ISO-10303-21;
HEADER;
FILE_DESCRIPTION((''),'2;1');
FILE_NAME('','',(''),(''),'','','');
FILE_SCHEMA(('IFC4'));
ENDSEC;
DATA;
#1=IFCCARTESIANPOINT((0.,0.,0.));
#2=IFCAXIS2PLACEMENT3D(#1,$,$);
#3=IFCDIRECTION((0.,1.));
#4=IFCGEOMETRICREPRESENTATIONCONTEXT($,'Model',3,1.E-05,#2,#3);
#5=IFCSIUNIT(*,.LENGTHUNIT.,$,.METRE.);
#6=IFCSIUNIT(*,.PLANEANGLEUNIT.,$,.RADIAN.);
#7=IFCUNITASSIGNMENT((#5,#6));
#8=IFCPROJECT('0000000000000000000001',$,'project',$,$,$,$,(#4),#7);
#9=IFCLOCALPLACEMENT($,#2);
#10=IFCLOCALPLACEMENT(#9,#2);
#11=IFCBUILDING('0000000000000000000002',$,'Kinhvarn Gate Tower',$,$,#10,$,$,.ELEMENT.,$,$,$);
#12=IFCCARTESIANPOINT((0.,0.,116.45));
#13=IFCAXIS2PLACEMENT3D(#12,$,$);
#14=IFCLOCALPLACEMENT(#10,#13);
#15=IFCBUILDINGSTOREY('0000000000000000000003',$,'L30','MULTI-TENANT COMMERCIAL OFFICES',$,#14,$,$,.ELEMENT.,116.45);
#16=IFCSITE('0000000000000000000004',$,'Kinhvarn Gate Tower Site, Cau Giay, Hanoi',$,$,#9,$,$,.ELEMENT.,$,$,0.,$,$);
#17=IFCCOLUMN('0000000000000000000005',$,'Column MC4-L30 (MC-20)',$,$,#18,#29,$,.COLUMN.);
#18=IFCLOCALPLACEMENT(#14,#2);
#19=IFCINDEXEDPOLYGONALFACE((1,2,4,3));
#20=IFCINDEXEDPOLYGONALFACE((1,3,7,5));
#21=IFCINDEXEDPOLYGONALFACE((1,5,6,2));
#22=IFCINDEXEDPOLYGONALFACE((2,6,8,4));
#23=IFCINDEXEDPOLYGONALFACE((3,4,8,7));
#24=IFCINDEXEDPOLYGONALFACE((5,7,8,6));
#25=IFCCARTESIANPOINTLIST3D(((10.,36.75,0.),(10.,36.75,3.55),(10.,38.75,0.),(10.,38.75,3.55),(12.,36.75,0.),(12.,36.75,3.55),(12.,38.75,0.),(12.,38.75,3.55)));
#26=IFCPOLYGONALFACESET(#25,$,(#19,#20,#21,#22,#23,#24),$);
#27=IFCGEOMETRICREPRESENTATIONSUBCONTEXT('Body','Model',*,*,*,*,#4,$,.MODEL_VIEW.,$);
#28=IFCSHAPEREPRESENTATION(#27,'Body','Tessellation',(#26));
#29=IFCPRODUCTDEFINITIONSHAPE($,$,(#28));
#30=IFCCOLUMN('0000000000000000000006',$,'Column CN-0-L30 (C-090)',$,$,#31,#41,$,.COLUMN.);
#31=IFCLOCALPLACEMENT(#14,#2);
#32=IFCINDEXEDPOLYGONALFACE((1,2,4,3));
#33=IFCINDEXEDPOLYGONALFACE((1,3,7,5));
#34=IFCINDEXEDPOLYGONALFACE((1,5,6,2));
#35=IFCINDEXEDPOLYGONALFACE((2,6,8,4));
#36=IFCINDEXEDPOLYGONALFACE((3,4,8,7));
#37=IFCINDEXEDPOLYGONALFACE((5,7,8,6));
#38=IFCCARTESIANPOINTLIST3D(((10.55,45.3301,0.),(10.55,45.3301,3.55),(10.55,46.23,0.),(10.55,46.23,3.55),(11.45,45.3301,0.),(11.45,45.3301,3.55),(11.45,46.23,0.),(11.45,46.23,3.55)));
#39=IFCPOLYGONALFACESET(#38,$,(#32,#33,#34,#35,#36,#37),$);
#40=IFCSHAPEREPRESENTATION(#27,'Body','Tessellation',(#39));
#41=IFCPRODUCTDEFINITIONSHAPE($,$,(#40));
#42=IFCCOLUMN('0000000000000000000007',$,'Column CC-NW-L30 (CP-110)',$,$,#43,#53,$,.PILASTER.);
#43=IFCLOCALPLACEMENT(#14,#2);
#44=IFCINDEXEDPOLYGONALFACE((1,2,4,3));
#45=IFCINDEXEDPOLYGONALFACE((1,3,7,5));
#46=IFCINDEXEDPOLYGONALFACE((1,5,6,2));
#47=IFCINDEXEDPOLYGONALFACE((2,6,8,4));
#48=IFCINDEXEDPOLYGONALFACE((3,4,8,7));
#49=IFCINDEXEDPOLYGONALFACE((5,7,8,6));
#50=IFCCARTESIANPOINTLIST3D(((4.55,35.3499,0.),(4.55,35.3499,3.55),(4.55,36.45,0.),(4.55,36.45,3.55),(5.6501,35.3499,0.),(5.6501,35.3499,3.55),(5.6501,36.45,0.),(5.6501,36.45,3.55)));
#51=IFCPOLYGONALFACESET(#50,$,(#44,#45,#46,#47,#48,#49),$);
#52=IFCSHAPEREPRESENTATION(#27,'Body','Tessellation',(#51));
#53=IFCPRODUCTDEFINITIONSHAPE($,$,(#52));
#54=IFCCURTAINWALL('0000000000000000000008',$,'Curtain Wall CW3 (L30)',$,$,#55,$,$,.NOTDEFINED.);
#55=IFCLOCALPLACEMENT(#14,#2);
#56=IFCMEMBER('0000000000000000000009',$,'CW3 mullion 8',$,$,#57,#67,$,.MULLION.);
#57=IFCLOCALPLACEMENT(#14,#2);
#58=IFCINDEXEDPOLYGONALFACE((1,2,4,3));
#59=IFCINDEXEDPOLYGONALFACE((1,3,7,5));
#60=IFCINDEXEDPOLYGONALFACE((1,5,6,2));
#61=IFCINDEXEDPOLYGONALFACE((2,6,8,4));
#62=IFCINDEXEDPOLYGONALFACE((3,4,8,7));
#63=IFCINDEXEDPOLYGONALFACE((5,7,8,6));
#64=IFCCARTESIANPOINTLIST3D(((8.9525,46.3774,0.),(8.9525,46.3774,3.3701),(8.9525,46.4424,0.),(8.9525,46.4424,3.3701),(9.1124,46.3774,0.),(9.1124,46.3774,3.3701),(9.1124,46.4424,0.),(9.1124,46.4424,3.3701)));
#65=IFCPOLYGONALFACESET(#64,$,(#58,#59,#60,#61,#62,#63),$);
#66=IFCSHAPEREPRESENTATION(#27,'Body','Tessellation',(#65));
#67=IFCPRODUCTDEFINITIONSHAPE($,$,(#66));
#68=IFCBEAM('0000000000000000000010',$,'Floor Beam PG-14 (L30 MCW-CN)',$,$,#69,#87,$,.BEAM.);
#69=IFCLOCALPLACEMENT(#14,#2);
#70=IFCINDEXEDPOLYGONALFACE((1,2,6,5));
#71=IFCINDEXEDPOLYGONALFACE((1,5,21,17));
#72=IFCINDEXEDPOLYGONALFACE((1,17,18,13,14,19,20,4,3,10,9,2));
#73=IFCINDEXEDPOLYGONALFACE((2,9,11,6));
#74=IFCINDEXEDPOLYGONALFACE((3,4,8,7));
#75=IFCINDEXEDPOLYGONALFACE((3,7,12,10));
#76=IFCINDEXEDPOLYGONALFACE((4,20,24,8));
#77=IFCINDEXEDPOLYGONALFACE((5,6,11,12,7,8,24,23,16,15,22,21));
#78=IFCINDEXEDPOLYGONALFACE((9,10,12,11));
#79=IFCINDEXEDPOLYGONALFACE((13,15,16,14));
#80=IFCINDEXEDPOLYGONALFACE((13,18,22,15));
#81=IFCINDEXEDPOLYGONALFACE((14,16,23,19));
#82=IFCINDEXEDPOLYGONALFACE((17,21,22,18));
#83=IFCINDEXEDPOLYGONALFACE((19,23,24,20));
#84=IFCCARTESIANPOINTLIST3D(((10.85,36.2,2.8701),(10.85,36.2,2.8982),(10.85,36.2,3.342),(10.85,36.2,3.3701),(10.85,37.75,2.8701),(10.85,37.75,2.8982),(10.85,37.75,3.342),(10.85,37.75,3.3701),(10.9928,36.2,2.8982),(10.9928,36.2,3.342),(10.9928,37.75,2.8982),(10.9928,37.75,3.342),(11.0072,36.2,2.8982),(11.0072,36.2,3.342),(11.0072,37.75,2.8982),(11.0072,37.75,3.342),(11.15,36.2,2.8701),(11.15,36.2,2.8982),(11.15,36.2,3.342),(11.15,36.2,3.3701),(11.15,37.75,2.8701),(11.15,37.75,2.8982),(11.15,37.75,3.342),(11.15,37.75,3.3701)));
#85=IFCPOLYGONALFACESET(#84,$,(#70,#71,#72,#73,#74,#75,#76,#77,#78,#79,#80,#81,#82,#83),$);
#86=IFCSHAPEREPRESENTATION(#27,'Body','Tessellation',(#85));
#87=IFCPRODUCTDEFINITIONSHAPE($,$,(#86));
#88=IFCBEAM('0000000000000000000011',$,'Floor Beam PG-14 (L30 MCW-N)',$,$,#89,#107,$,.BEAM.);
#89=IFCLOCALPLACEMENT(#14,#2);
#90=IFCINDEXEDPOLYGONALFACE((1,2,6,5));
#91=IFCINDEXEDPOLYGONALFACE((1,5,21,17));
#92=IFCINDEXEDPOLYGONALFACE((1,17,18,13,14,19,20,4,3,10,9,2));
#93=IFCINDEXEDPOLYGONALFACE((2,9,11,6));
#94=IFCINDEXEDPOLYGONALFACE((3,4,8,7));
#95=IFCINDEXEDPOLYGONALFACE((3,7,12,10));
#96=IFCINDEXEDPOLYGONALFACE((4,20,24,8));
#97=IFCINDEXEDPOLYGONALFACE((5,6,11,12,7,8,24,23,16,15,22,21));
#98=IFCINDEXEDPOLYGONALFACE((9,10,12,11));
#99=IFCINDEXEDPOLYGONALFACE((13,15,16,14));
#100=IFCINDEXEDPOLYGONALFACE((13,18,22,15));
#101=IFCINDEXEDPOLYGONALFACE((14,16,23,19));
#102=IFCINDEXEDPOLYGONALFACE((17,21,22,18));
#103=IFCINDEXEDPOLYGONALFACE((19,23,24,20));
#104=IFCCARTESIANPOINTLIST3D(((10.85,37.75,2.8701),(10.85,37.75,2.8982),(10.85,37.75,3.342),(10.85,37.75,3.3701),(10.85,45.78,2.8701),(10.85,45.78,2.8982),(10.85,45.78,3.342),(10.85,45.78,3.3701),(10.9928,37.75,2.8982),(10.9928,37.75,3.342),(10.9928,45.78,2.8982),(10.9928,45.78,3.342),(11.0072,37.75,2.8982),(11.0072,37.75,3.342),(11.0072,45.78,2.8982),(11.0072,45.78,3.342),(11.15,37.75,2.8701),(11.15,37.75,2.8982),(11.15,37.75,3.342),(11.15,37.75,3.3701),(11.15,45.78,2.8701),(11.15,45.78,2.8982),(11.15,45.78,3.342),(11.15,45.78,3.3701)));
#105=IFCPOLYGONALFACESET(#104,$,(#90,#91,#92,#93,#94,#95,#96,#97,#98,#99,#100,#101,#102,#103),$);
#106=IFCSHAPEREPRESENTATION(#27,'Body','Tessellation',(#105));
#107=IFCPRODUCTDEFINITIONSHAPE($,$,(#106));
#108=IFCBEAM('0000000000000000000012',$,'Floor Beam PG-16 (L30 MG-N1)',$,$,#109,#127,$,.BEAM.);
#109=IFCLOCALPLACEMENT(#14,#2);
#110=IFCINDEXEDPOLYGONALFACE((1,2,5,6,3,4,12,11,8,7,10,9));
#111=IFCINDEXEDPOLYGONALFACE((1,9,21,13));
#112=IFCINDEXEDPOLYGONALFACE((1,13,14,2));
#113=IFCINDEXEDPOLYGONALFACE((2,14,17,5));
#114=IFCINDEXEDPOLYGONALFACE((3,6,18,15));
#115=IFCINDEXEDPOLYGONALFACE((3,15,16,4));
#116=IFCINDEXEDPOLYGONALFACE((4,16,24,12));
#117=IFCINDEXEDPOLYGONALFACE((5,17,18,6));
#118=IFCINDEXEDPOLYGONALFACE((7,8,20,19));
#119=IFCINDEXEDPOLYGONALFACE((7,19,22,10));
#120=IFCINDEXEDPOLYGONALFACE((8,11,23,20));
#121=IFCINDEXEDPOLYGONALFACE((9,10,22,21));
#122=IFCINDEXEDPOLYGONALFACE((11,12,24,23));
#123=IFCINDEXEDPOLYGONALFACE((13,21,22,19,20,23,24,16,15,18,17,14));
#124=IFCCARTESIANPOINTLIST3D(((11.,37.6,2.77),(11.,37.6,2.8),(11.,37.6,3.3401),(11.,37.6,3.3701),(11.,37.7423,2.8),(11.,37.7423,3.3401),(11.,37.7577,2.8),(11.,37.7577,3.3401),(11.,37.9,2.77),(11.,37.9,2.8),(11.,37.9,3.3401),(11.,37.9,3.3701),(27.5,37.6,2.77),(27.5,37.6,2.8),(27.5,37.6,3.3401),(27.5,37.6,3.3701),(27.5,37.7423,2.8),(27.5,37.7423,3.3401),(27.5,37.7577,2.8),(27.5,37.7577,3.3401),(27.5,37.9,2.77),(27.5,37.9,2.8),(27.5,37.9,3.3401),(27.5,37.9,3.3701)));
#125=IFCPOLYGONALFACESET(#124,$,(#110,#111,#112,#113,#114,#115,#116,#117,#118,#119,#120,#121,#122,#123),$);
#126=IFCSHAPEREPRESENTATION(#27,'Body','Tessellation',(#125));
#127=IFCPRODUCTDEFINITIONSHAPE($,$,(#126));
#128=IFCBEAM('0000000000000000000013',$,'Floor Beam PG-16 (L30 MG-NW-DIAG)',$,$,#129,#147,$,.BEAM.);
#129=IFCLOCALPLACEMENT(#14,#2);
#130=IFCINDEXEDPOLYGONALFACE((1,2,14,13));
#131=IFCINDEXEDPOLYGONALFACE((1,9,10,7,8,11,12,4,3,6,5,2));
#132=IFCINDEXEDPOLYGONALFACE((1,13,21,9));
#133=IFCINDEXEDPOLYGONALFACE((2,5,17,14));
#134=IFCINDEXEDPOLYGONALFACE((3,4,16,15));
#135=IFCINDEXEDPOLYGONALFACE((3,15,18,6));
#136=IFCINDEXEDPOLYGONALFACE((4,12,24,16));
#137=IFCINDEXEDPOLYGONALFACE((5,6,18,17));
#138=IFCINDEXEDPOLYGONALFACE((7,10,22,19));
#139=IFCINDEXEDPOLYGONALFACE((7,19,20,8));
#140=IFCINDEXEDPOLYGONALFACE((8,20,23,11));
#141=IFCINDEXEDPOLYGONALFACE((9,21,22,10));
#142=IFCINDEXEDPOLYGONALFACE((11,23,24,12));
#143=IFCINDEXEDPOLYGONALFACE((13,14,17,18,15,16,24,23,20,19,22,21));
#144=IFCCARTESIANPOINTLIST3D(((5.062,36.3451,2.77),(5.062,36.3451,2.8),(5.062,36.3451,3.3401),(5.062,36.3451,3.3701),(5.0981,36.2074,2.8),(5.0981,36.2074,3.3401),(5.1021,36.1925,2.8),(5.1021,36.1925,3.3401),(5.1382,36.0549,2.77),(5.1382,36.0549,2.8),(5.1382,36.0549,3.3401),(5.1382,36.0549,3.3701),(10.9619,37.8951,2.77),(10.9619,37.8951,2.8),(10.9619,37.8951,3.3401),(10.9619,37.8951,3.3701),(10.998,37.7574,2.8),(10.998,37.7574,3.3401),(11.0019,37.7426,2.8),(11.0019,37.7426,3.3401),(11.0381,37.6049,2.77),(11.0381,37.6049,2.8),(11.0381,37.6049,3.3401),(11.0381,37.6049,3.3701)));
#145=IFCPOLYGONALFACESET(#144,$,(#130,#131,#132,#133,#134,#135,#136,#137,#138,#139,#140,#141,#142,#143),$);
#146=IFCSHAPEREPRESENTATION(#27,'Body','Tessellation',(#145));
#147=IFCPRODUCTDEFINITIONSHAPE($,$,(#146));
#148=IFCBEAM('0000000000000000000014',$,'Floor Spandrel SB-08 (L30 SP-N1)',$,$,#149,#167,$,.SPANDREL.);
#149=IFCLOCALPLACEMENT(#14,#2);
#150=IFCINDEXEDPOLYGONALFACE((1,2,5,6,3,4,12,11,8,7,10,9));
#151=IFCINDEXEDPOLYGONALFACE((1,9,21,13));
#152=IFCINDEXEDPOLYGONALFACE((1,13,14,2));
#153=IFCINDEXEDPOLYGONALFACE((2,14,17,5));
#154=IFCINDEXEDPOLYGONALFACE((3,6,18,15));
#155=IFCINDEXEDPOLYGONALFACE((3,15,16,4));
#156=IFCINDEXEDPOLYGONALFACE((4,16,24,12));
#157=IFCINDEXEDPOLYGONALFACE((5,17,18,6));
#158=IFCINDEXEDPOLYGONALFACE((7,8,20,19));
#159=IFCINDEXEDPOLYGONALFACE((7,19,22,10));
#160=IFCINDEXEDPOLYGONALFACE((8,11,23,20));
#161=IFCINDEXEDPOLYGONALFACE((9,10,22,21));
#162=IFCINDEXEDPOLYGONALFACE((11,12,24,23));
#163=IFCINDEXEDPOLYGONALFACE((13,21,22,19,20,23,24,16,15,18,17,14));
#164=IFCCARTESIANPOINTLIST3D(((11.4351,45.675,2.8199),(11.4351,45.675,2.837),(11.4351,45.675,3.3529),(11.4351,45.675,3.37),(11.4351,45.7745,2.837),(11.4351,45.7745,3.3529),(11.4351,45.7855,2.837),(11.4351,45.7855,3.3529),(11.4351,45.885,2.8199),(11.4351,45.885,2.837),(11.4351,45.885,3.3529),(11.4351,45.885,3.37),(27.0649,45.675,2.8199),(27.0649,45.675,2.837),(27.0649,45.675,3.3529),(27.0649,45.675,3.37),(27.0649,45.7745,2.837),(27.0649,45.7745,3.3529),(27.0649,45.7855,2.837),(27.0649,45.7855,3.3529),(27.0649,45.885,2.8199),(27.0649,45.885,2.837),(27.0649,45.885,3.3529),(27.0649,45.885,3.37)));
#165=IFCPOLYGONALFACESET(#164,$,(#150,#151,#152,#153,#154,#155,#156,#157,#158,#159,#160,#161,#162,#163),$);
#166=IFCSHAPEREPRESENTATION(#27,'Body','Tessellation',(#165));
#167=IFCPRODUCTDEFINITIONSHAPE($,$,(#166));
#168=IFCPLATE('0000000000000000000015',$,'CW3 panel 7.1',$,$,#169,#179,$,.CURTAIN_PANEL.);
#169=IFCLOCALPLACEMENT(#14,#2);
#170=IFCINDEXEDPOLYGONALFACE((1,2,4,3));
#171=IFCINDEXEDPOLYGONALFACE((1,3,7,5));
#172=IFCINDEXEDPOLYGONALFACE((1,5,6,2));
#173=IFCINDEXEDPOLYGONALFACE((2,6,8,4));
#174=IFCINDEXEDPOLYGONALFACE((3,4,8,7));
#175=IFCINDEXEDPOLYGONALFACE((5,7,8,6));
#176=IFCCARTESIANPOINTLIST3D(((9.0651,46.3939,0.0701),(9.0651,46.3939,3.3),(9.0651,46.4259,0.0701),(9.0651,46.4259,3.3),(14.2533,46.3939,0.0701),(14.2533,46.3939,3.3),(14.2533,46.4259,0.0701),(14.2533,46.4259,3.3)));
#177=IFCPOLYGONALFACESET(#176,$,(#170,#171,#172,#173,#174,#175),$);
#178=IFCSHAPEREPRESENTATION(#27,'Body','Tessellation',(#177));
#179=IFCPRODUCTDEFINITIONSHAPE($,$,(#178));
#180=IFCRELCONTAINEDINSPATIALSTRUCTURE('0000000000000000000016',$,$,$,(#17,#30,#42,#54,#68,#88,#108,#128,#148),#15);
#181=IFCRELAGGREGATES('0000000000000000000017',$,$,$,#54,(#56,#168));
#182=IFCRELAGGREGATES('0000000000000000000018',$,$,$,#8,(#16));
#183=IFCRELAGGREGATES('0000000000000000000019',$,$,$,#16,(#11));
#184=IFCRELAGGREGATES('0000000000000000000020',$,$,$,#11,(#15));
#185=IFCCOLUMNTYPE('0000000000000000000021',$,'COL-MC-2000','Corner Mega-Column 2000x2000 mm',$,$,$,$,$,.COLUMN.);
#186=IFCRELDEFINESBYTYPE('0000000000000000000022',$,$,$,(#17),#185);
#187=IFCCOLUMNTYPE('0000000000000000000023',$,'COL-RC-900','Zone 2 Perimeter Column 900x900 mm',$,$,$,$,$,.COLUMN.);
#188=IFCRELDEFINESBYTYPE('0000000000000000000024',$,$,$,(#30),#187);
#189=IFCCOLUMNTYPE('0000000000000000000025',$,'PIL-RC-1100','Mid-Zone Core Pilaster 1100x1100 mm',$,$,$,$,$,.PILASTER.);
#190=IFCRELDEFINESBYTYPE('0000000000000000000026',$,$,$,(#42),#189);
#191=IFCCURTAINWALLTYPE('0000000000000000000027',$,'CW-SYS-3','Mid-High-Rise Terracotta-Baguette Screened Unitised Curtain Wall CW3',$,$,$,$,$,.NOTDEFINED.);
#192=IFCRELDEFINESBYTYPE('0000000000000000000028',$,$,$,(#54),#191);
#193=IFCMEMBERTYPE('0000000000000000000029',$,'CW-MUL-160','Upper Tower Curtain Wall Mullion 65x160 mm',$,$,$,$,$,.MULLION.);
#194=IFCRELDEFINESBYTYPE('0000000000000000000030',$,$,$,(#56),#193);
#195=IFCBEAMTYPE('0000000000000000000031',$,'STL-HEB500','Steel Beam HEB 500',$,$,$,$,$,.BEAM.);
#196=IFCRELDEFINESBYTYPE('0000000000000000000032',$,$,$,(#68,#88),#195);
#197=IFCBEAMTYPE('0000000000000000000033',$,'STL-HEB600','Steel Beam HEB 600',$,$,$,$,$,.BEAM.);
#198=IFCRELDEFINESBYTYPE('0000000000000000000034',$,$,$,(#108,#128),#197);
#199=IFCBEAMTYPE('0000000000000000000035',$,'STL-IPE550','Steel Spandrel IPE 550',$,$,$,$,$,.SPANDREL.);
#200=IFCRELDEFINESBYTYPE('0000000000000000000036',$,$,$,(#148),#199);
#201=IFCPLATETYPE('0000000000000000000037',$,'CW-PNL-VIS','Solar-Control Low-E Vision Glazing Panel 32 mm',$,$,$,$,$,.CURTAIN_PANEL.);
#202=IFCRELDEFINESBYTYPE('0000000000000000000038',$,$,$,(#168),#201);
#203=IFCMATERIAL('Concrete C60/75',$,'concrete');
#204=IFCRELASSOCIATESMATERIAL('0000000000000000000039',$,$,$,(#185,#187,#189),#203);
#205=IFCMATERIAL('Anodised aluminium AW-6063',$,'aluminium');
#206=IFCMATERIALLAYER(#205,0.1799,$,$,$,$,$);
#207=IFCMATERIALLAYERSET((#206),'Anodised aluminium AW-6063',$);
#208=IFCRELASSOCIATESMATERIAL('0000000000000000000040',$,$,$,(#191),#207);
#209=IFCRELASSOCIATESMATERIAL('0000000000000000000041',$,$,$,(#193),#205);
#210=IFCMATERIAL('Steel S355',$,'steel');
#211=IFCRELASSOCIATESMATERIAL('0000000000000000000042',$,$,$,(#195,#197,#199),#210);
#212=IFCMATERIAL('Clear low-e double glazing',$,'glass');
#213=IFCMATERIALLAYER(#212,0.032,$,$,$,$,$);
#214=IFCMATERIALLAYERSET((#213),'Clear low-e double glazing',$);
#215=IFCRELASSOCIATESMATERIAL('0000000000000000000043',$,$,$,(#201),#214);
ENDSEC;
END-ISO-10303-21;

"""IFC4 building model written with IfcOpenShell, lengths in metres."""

from ifc_helpers import new_model, si_unit, direction, frame, origin, origin_2d, place, context, subcontext, project, spatial, rectangle, i_section, extrude, material, layer, layer_set, material_profile, profile_set, type_object, element, aggregate, save


model = new_model("IFC4")

# Units and contexts
model_context = context("Model", 3, precision=1e-05, world=origin(), true_north=direction((0.0, 1.0)))
body_context = subcontext(model_context, "Body", "Model", "MODEL_VIEW")
ifc_project = project(units=[si_unit("LENGTHUNIT", "METRE"), si_unit("PLANEANGLEUNIT", "RADIAN")], contexts=[model_context])

# Site, building, storey
site_placement = place(None, origin())
site = spatial("IfcSite", under=ifc_project, at=site_placement, Name="Kinhvarn Gate Tower Site, Cau Giay, Hanoi", CompositionType="ELEMENT", RefElevation=0.0)
building_placement = place(site_placement, origin())
building = spatial("IfcBuilding", under=site, at=building_placement, Name="Kinhvarn Gate Tower", CompositionType="ELEMENT")
storey_placement = place(building_placement, frame((0.0, 0.0, 116.45)))
storey = spatial("IfcBuildingStorey", under=building, at=storey_placement, Name="L30", Description="MULTI-TENANT COMMERCIAL OFFICES", CompositionType="ELEMENT", Elevation=116.45)

# Columns
ifc_material_1 = material(Name="Concrete C60/75", Category="concrete")
ifc_material_profile_1 = material_profile(ifc_material_1, rectangle(XDim=2.0, YDim=2.0, at=origin_2d()), Name="RC 2000x2000")
ifc_profile_set_1 = profile_set([ifc_material_profile_1], Name="Concrete C60/75")
column_type_1 = type_object("IfcColumnType", Name="COL-MC-2000", Description="Corner Mega-Column 2000x2000 mm", PredefinedType="COLUMN", material=ifc_profile_set_1)
column_1_placement = place(storey_placement, frame((11.0, 37.75, 0.0), z_axis=(0.0, 0.0, 1.0), x_axis=(1.0, 0.0, 0.0)))
element("IfcColumn", 1, at=column_1_placement, inside=storey, type_object=column_type_1, Name="Column MC4-L30 (MC-20)", PredefinedType="COLUMN", context=body_context, shape_type="SweptSolid", body=[
    extrude(rectangle(XDim=2.0, YDim=2.0, at=origin_2d()), origin(), (0.0, 0.0, 1.0), 3.55),
])
ifc_material_profile_2 = material_profile(ifc_material_1, rectangle(XDim=0.8999, YDim=0.8999, at=origin_2d()), Name="RC 900x900")
ifc_profile_set_2 = profile_set([ifc_material_profile_2], Name="Concrete C60/75")
column_type_2 = type_object("IfcColumnType", Name="COL-RC-900", Description="Zone 2 Perimeter Column 900x900 mm", PredefinedType="COLUMN", material=ifc_profile_set_2)
column_2_placement = place(storey_placement, frame((11.0, 45.78, 0.0), z_axis=(0.0, 0.0, 1.0), x_axis=(1.0, 0.0, 0.0)))
element("IfcColumn", 2, at=column_2_placement, inside=storey, type_object=column_type_2, Name="Column CN-0-L30 (C-090)", PredefinedType="COLUMN", context=body_context, shape_type="SweptSolid", body=[
    extrude(rectangle(XDim=0.8999, YDim=0.8999, at=origin_2d()), origin(), (0.0, 0.0, 1.0), 3.55),
])
ifc_material_profile_3 = material_profile(ifc_material_1, rectangle(XDim=1.1001, YDim=1.1001, at=origin_2d()), Name="RC 1100x1100")
ifc_profile_set_3 = profile_set([ifc_material_profile_3], Name="Concrete C60/75")
column_type_3 = type_object("IfcColumnType", Name="PIL-RC-1100", Description="Mid-Zone Core Pilaster 1100x1100 mm", PredefinedType="PILASTER", material=ifc_profile_set_3)
column_3_placement = place(storey_placement, frame((5.1001, 35.8999, 0.0), z_axis=(0.0, 0.0, 1.0), x_axis=(1.0, 0.0, 0.0)))
element("IfcColumn", 3, at=column_3_placement, inside=storey, type_object=column_type_3, Name="Column CC-NW-L30 (CP-110)", PredefinedType="PILASTER", context=body_context, shape_type="SweptSolid", body=[
    extrude(rectangle(XDim=1.1001, YDim=1.1001, at=origin_2d()), origin(), (0.0, 0.0, 1.0), 3.55),
])

# Curtain wall, member
ifc_material_2 = material(Name="Anodised aluminium AW-6063", Category="aluminium")
ifc_layer_1 = layer(ifc_material_2, 0.1799)
ifc_layer_set_1 = layer_set([ifc_layer_1], Name="Anodised aluminium AW-6063")
curtain_wall_type = type_object("IfcCurtainWallType", Name="CW-SYS-3", Description="Mid-High-Rise Terracotta-Baguette Screened Unitised Curtain Wall CW3", PredefinedType="NOTDEFINED", material=ifc_layer_set_1)
curtain_wall_placement = place(storey_placement, origin())
curtain_wall = element("IfcCurtainWall", 4, at=curtain_wall_placement, inside=storey, type_object=curtain_wall_type, Name="Curtain Wall CW3 (L30)", PredefinedType="NOTDEFINED")
ifc_material_profile_4 = material_profile(ifc_material_2, rectangle(XDim=0.0649, YDim=0.1599, at=origin_2d()), Name="ALU 65x160")
ifc_profile_set_4 = profile_set([ifc_material_profile_4], Name="Anodised aluminium AW-6063")
member_type = type_object("IfcMemberType", Name="CW-MUL-160", Description="Upper Tower Curtain Wall Mullion 65x160 mm", PredefinedType="MULLION", material=ifc_profile_set_4)
member_placement = place(storey_placement, frame((9.0325, 46.4099, 0.0), z_axis=(0.0, 0.0, 1.0), x_axis=(0.0, -1.0, 0.0)))
member = element("IfcMember", 5, at=member_placement, type_object=member_type, Name="CW3 mullion 8", PredefinedType="MULLION", context=body_context, shape_type="SweptSolid", body=[
    extrude(rectangle(XDim=0.0649, YDim=0.1599, at=origin_2d()), origin(), (0.0, 0.0, 1.0), 3.3701),
])

# Beams
ifc_material_3 = material(Name="Steel S355", Category="steel")
ifc_material_profile_5 = material_profile(ifc_material_3, i_section(OverallWidth=0.3, OverallDepth=0.5, WebThickness=0.0144, FlangeThickness=0.0281, at=origin_2d()), Name="HEB 500")
ifc_profile_set_5 = profile_set([ifc_material_profile_5], Name="Steel S355")
beam_type_1 = type_object("IfcBeamType", Name="STL-HEB500", Description="Steel Beam HEB 500", PredefinedType="BEAM", material=ifc_profile_set_5)
beam_1_placement = place(storey_placement, frame((11.0, 36.2, 3.1201), z_axis=(0.0, 1.0, 0.0), x_axis=(-1.0, 0.0, 0.0)))
element("IfcBeam", 6, at=beam_1_placement, inside=storey, type_object=beam_type_1, Name="Floor Beam PG-14 (L30 MCW-CN)", PredefinedType="BEAM", context=body_context, shape_type="SweptSolid", body=[
    extrude(i_section(OverallWidth=0.3, OverallDepth=0.5, WebThickness=0.0144, FlangeThickness=0.0281, at=origin_2d()), origin(), (0.0, 0.0, 1.0), 1.55),
])
beam_2_placement = place(storey_placement, frame((11.0, 37.75, 3.1201), z_axis=(0.0, 1.0, 0.0), x_axis=(-1.0, 0.0, 0.0)))
element("IfcBeam", 7, at=beam_2_placement, inside=storey, type_object=beam_type_1, Name="Floor Beam PG-14 (L30 MCW-N)", PredefinedType="BEAM", context=body_context, shape_type="SweptSolid", body=[
    extrude(i_section(OverallWidth=0.3, OverallDepth=0.5, WebThickness=0.0144, FlangeThickness=0.0281, at=origin_2d()), origin(), (0.0, 0.0, 1.0), 8.03),
])
ifc_material_profile_6 = material_profile(ifc_material_3, i_section(OverallWidth=0.3, OverallDepth=0.6001, WebThickness=0.0154, FlangeThickness=0.03, at=origin_2d()), Name="HEB 600")
ifc_profile_set_6 = profile_set([ifc_material_profile_6], Name="Steel S355")
beam_type_2 = type_object("IfcBeamType", Name="STL-HEB600", Description="Steel Beam HEB 600", PredefinedType="BEAM", material=ifc_profile_set_6)
beam_3_placement = place(storey_placement, frame((11.0, 37.75, 3.0701), z_axis=(1.0, 0.0, 0.0), x_axis=(0.0, 1.0, 0.0)))
element("IfcBeam", 8, at=beam_3_placement, inside=storey, type_object=beam_type_2, Name="Floor Beam PG-16 (L30 MG-N1)", PredefinedType="BEAM", context=body_context, shape_type="SweptSolid", body=[
    extrude(i_section(OverallWidth=0.3, OverallDepth=0.6001, WebThickness=0.0154, FlangeThickness=0.03, at=origin_2d()), origin(), (0.0, 0.0, 1.0), 16.5),
])
beam_4_placement = place(storey_placement, frame((5.1001, 36.2, 3.0701), z_axis=(0.967178, 0.254101, 0.0), x_axis=(-0.254101, 0.967178, 0.0)))
element("IfcBeam", 9, at=beam_4_placement, inside=storey, type_object=beam_type_2, Name="Floor Beam PG-16 (L30 MG-NW-DIAG)", PredefinedType="BEAM", context=body_context, shape_type="SweptSolid", body=[
    extrude(i_section(OverallWidth=0.3, OverallDepth=0.6001, WebThickness=0.0154, FlangeThickness=0.03, at=origin_2d()), origin(), (0.0, 0.0, 1.0), 6.1001),
])
ifc_material_profile_7 = material_profile(ifc_material_3, i_section(OverallWidth=0.21, OverallDepth=0.55, WebThickness=0.011, FlangeThickness=0.0171, at=origin_2d()), Name="IPE 550")
ifc_profile_set_7 = profile_set([ifc_material_profile_7], Name="Steel S355")
beam_type_3 = type_object("IfcBeamType", Name="STL-IPE550", Description="Steel Spandrel IPE 550", PredefinedType="SPANDREL", material=ifc_profile_set_7)
beam_5_placement = place(storey_placement, frame((11.4351, 45.78, 3.095), z_axis=(1.0, 0.0, 0.0), x_axis=(0.0, 1.0, 0.0)))
element("IfcBeam", 10, at=beam_5_placement, inside=storey, type_object=beam_type_3, Name="Floor Spandrel SB-08 (L30 SP-N1)", PredefinedType="SPANDREL", context=body_context, shape_type="SweptSolid", body=[
    extrude(i_section(OverallWidth=0.21, OverallDepth=0.55, WebThickness=0.011, FlangeThickness=0.0171, at=origin_2d()), origin(), (0.0, 0.0, 1.0), 15.6299),
])

# Plate
ifc_material_4 = material(Name="Clear low-e double glazing", Category="glass")
ifc_layer_2 = layer(ifc_material_4, 0.032)
ifc_layer_set_2 = layer_set([ifc_layer_2], Name="Clear low-e double glazing")
plate_type = type_object("IfcPlateType", Name="CW-PNL-VIS", Description="Solar-Control Low-E Vision Glazing Panel 32 mm", PredefinedType="CURTAIN_PANEL", material=ifc_layer_set_2)
plate_placement = place(storey_placement, frame((11.6592, 46.4099, 0.0701), z_axis=(0.0, 0.0, 1.0), x_axis=(-1.0, 0.0, 0.0)))
plate = element("IfcPlate", 11, at=plate_placement, type_object=plate_type, Name="CW3 panel 7.1", PredefinedType="CURTAIN_PANEL", context=body_context, shape_type="SweptSolid", body=[
    extrude(rectangle(XDim=5.1882, YDim=0.032, at=origin_2d()), origin(), (0.0, 0.0, 1.0), 3.23),
])
aggregate(curtain_wall, [member, plate])

save(model, "model.ifc")
